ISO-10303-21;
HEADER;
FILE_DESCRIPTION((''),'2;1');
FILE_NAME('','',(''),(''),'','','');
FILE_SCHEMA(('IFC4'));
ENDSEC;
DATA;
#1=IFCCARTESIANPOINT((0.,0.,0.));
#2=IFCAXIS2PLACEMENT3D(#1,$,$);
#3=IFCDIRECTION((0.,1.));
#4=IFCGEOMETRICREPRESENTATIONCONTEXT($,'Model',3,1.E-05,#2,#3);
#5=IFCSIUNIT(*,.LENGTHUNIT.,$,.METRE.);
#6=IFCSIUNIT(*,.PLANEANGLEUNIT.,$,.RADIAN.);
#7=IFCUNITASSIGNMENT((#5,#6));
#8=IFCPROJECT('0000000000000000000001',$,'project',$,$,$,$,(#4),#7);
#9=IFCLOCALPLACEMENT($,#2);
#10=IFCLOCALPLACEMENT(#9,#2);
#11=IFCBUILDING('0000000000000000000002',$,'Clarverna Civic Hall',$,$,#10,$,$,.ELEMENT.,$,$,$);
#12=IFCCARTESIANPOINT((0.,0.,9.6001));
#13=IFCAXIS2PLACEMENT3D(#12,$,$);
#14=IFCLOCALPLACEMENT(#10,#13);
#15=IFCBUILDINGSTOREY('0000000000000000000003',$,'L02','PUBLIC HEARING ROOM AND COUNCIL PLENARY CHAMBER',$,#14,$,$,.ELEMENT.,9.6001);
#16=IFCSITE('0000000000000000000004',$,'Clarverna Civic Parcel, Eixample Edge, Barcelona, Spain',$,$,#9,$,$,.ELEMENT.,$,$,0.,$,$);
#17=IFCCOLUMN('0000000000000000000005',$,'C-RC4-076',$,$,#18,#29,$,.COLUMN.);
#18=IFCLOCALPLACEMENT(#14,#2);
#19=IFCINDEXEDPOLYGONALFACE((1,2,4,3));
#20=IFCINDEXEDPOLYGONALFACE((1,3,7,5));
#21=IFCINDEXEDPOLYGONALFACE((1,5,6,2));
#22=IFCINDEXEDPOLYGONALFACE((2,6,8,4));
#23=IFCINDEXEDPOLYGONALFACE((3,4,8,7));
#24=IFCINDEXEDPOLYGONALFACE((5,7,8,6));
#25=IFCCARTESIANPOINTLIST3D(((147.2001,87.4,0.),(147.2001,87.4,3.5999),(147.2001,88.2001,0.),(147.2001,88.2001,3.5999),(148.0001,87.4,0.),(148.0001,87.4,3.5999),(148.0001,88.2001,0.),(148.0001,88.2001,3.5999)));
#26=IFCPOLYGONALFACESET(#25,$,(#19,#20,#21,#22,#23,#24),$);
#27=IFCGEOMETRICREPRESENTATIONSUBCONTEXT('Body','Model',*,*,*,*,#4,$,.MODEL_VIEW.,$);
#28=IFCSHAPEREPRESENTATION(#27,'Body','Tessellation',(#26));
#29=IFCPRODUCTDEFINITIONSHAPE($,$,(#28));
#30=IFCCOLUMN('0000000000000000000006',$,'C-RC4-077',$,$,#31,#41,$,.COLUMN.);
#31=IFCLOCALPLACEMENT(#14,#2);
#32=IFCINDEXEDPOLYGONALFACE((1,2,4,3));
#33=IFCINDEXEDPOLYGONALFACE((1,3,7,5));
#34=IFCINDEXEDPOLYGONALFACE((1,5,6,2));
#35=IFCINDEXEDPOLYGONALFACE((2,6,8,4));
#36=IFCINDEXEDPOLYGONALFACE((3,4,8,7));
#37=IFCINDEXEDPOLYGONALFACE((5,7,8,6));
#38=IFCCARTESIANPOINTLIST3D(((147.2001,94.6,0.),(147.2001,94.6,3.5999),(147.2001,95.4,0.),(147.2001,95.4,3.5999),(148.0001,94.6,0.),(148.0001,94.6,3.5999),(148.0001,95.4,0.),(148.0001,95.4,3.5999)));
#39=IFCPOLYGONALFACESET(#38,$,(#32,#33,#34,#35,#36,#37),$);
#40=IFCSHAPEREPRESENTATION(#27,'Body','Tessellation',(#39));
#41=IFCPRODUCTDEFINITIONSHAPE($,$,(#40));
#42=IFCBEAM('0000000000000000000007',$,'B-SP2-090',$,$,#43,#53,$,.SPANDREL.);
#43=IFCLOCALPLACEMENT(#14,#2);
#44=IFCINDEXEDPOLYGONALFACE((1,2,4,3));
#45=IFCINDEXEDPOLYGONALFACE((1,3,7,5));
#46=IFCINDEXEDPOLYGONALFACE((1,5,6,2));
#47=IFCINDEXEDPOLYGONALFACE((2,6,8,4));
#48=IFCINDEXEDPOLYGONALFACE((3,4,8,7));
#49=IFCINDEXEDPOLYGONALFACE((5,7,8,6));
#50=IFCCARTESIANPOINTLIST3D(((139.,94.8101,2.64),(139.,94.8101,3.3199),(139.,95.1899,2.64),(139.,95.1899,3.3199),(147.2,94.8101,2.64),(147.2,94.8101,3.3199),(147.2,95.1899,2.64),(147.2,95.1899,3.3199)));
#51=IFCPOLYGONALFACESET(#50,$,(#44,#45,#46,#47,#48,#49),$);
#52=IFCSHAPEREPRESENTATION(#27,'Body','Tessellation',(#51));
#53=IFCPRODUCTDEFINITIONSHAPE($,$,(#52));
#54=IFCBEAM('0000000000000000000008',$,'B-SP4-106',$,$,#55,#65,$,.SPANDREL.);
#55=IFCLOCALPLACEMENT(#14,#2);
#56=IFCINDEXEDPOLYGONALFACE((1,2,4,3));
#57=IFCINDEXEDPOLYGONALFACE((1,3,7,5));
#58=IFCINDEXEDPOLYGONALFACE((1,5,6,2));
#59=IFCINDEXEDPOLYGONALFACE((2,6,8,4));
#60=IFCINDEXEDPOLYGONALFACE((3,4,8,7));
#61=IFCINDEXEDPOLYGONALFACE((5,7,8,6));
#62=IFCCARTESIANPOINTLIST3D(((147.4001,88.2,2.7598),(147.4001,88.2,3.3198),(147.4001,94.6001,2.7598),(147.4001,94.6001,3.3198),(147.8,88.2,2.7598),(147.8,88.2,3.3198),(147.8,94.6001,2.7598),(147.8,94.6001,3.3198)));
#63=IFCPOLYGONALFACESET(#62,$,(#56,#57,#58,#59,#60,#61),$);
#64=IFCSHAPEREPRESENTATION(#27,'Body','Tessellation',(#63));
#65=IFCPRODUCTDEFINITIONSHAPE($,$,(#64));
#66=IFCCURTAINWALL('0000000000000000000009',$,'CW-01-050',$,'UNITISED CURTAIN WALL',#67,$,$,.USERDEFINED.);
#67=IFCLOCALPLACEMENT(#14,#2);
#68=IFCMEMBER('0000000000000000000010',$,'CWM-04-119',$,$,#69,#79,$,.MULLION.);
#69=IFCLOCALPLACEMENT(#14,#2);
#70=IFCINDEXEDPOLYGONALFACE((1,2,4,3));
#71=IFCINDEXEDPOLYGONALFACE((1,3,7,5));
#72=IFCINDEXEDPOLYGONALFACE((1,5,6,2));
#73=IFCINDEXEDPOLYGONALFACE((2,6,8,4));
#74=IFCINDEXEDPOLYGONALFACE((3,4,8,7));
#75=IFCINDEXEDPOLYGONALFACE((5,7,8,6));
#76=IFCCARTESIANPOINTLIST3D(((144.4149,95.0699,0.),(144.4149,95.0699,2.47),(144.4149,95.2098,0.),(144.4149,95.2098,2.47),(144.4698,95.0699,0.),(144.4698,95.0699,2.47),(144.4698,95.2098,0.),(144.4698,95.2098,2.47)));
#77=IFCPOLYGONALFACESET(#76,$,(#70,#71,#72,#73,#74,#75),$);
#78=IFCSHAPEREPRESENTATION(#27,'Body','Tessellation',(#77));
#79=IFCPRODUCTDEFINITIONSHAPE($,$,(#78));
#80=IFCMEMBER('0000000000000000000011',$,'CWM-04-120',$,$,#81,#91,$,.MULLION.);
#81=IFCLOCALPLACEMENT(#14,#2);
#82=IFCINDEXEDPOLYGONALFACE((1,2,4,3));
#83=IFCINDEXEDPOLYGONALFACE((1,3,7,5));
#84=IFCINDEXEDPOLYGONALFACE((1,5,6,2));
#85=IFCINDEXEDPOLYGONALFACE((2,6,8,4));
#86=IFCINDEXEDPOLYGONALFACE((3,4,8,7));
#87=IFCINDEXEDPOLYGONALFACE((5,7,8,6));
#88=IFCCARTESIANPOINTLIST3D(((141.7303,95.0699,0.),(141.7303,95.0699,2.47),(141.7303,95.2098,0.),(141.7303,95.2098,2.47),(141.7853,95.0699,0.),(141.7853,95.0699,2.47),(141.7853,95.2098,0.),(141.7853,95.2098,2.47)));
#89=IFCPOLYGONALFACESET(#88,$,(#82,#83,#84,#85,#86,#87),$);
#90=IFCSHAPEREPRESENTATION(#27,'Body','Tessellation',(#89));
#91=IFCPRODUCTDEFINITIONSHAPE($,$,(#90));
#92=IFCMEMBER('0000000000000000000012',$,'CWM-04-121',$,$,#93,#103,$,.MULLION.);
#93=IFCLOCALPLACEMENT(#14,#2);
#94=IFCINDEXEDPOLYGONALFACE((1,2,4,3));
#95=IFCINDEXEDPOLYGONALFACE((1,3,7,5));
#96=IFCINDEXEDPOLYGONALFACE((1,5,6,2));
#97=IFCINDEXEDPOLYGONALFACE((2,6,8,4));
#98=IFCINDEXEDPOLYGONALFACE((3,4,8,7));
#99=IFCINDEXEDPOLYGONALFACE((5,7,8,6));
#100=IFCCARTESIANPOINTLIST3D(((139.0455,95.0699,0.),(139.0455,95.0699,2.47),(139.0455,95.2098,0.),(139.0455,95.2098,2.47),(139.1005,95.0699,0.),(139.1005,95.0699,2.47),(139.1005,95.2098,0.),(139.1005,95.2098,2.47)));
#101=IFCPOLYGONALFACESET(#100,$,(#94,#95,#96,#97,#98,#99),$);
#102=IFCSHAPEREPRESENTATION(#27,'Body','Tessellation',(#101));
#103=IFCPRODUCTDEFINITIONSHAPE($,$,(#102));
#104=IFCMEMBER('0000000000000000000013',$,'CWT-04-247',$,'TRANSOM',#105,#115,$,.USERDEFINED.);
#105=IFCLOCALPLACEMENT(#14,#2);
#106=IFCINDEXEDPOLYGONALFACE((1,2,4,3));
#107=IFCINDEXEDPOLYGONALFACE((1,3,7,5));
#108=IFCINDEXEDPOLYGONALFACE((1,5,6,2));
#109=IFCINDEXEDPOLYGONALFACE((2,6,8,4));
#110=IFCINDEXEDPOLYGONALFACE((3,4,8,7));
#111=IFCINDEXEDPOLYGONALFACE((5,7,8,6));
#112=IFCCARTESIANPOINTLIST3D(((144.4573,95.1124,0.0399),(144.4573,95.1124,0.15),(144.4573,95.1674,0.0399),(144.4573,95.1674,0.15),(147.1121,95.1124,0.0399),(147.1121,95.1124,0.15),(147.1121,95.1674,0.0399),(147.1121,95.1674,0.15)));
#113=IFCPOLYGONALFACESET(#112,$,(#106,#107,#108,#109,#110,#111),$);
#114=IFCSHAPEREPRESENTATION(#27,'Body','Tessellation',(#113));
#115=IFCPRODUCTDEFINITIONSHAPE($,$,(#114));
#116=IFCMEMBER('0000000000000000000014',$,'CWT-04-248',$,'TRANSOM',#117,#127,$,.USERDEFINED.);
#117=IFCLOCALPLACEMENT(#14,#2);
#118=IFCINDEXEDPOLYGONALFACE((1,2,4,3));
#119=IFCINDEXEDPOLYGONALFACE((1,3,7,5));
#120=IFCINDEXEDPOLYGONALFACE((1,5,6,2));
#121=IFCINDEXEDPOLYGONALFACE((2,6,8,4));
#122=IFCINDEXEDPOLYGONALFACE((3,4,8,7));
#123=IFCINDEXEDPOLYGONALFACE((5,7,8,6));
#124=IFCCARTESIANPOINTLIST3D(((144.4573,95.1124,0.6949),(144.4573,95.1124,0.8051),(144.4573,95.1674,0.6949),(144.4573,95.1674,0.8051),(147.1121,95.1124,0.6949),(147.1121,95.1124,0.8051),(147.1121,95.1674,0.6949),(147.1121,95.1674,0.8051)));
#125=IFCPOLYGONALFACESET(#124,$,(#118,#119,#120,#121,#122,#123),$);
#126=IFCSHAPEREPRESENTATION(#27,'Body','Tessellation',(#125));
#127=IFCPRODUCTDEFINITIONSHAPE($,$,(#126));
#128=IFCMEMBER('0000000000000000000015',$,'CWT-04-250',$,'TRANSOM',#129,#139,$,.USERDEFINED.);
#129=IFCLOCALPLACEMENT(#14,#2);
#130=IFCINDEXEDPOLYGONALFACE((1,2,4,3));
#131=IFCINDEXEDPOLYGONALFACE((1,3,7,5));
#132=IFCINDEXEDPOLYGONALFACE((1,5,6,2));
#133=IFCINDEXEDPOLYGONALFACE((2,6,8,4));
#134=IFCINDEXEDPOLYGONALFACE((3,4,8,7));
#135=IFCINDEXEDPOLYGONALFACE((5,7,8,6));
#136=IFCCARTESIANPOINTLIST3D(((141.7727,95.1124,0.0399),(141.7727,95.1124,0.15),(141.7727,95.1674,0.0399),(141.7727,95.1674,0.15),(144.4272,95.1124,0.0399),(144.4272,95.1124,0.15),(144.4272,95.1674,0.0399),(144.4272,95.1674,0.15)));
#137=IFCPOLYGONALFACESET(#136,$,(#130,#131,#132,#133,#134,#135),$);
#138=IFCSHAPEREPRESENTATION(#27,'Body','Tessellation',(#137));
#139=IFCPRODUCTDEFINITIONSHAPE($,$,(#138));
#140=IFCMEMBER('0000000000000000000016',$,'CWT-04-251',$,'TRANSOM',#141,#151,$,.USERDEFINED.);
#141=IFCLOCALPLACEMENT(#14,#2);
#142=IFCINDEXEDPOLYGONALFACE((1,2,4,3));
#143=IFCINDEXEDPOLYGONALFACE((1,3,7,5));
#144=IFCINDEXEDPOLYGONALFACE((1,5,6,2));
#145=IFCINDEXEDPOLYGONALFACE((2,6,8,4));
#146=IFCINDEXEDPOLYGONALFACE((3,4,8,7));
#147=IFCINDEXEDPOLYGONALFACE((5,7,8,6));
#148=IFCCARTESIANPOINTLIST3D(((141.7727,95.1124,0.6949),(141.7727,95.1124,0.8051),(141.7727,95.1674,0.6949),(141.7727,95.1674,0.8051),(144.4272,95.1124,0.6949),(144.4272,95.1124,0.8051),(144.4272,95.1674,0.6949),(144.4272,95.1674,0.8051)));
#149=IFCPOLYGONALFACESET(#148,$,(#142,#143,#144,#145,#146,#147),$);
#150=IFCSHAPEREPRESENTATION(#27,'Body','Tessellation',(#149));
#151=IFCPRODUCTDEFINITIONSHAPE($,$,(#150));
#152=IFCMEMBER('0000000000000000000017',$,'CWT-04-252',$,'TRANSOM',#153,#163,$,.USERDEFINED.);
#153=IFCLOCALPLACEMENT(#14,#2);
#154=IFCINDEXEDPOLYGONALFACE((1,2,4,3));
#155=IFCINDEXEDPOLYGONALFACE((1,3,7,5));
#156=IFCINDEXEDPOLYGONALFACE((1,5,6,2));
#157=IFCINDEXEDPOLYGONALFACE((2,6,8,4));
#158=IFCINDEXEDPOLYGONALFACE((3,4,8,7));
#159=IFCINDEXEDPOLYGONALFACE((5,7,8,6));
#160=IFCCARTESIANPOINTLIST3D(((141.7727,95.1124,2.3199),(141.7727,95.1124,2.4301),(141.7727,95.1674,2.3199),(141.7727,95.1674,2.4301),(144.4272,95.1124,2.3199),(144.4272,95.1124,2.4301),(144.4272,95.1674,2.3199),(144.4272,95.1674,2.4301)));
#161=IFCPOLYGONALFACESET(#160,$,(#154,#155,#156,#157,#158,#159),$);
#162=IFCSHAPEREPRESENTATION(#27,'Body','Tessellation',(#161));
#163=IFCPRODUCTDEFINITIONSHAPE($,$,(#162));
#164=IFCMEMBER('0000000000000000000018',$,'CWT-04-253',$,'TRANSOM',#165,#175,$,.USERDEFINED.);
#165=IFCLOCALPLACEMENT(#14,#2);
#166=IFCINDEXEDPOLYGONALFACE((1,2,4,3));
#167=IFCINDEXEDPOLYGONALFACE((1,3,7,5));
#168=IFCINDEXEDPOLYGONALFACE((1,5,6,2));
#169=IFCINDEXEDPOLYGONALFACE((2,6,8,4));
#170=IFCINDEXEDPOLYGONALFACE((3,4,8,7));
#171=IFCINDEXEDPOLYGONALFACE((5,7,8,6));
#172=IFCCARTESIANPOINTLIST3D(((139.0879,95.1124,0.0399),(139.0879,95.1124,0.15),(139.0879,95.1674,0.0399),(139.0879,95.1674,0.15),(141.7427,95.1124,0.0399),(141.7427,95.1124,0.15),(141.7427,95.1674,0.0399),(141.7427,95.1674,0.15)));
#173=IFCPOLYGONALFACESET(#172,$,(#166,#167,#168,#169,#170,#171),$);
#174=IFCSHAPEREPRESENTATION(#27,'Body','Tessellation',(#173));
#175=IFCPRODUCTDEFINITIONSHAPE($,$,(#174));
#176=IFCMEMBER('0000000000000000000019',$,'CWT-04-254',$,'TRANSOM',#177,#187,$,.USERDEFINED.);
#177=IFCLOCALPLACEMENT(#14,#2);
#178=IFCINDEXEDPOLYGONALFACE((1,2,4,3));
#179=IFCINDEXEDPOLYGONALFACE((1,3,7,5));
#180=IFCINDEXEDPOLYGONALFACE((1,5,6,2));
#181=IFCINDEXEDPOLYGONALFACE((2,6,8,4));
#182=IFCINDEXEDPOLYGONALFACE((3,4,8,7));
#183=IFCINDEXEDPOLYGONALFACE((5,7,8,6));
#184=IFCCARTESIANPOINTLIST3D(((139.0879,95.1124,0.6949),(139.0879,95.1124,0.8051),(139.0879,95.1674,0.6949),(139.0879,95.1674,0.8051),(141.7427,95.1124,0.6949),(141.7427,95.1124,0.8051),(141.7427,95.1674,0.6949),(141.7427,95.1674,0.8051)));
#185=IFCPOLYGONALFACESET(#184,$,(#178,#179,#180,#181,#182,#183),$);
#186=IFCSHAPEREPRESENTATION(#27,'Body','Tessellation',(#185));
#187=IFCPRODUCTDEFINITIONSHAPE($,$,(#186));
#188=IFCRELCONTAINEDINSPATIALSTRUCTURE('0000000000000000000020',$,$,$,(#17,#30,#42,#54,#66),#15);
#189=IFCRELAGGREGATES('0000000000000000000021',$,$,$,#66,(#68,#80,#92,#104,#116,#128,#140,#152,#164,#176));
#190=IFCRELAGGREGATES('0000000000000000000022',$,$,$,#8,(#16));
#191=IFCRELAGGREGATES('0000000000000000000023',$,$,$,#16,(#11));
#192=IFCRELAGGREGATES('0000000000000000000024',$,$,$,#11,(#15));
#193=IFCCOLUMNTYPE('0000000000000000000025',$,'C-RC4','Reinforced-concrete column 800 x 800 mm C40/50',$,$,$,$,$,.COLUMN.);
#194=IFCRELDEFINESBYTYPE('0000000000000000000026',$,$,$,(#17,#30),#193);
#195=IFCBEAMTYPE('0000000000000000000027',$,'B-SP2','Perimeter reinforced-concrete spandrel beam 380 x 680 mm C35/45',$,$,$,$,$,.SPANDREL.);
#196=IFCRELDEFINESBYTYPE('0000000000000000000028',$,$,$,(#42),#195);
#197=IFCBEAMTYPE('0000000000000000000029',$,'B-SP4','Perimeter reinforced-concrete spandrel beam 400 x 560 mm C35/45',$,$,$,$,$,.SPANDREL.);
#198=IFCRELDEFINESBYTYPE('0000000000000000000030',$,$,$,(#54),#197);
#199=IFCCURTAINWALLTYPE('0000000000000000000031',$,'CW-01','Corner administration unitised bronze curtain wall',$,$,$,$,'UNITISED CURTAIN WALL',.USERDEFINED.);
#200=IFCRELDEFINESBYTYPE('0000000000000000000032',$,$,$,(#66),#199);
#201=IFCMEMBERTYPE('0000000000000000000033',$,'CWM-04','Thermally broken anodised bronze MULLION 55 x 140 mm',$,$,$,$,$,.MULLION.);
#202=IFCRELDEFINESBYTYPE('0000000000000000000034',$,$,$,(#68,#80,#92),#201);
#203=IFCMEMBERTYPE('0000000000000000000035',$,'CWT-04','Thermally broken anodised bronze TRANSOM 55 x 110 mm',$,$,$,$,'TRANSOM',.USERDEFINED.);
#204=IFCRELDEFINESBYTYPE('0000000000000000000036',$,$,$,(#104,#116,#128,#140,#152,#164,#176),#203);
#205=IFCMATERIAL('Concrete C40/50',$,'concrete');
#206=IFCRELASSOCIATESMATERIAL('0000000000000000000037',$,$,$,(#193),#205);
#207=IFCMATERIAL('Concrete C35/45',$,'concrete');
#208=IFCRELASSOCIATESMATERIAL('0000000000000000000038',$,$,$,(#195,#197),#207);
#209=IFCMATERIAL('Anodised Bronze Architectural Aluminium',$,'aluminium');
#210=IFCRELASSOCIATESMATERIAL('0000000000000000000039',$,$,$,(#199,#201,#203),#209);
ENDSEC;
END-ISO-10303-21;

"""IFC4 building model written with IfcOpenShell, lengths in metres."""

from ifc_helpers import new_model, si_unit, direction, frame, origin, origin_2d, place, context, subcontext, project, spatial, rectangle, extrude, material, material_profile, profile_set, type_object, element, aggregate, save


model = new_model("IFC4")

# Units and contexts
model_context = context("Model", 3, precision=1e-05, world=origin(), true_north=direction((0.0, 1.0)))
body_context = subcontext(model_context, "Body", "Model", "MODEL_VIEW")
ifc_project = project(units=[si_unit("LENGTHUNIT", "METRE"), si_unit("PLANEANGLEUNIT", "RADIAN")], contexts=[model_context])

# Site, building, storey
site_placement = place(None, origin())
site = spatial("IfcSite", under=ifc_project, at=site_placement, Name="Clarverna Civic Parcel, Eixample Edge, Barcelona, Spain", CompositionType="ELEMENT", RefElevation=0.0)
building_placement = place(site_placement, origin())
building = spatial("IfcBuilding", under=site, at=building_placement, Name="Clarverna Civic Hall", CompositionType="ELEMENT")
storey_placement = place(building_placement, frame((0.0, 0.0, 9.6001)))
storey = spatial("IfcBuildingStorey", under=building, at=storey_placement, Name="L02", Description="PUBLIC HEARING ROOM AND COUNCIL PLENARY CHAMBER", CompositionType="ELEMENT", Elevation=9.6001)

# Columns
ifc_material_1 = material(Name="Concrete C40/50", Category="concrete")
ifc_material_profile_1 = material_profile(ifc_material_1, rectangle(XDim=0.8, YDim=0.8, at=origin_2d()), Name="RC 800x800")
ifc_profile_set_1 = profile_set([ifc_material_profile_1], Name="Concrete C40/50")
column_type = type_object("IfcColumnType", Name="C-RC4", Description="Reinforced-concrete column 800 x 800 mm C40/50", PredefinedType="COLUMN", material=ifc_profile_set_1)
for number, where, z_axis, x_axis, name in (
    (1, (147.6001, 87.8, 0.0), (0.0, 0.0, 1.0), (1.0, 0.0, 0.0), "C-RC4-076"),
    (2, (147.6001, 95.0, 0.0), (0.0, 0.0, 1.0), (1.0, 0.0, 0.0), "C-RC4-077"),
):
    element("IfcColumn", number, at=place(storey_placement, frame(where, z_axis=z_axis, x_axis=x_axis)), inside=storey, type_object=column_type, Name=name, PredefinedType="COLUMN", context=body_context, shape_type="SweptSolid", body=[
        extrude(rectangle(XDim=0.8, YDim=0.8, at=origin_2d()), origin(), (0.0, 0.0, 1.0), 3.5999),
    ])

# Beams
ifc_material_2 = material(Name="Concrete C35/45", Category="concrete")
ifc_material_profile_2 = material_profile(ifc_material_2, rectangle(XDim=0.3799, YDim=0.6799, at=origin_2d()), Name="RC 380x680")
ifc_profile_set_2 = profile_set([ifc_material_profile_2], Name="Concrete C35/45")
beam_type_1 = type_object("IfcBeamType", Name="B-SP2", Description="Perimeter reinforced-concrete spandrel beam 380 x 680 mm C35/45", PredefinedType="SPANDREL", material=ifc_profile_set_2)
beam_1_placement = place(storey_placement, frame((139.0, 95.0, 2.98), z_axis=(1.0, 0.0, 0.0), x_axis=(0.0, 1.0, 0.0)))
element("IfcBeam", 3, at=beam_1_placement, inside=storey, type_object=beam_type_1, Name="B-SP2-090", PredefinedType="SPANDREL", context=body_context, shape_type="SweptSolid", body=[
    extrude(rectangle(XDim=0.3799, YDim=0.6799, at=origin_2d()), origin(), (0.0, 0.0, 1.0), 8.2),
])
ifc_material_profile_3 = material_profile(ifc_material_2, rectangle(XDim=0.3999, YDim=0.5601, at=origin_2d()), Name="RC 400x560")
ifc_profile_set_3 = profile_set([ifc_material_profile_3], Name="Concrete C35/45")
beam_type_2 = type_object("IfcBeamType", Name="B-SP4", Description="Perimeter reinforced-concrete spandrel beam 400 x 560 mm C35/45", PredefinedType="SPANDREL", material=ifc_profile_set_3)
beam_2_placement = place(storey_placement, frame((147.6001, 88.2, 3.0398), z_axis=(0.0, 1.0, 0.0), x_axis=(-1.0, 0.0, 0.0)))
element("IfcBeam", 4, at=beam_2_placement, inside=storey, type_object=beam_type_2, Name="B-SP4-106", PredefinedType="SPANDREL", context=body_context, shape_type="SweptSolid", body=[
    extrude(rectangle(XDim=0.3999, YDim=0.5601, at=origin_2d()), origin(), (0.0, 0.0, 1.0), 6.4001),
])

# Curtain wall, members
ifc_material_3 = material(Name="Anodised Bronze Architectural Aluminium", Category="aluminium")
curtain_wall_type = type_object("IfcCurtainWallType", Name="CW-01", Description="Corner administration unitised bronze curtain wall", ElementType="UNITISED CURTAIN WALL", PredefinedType="USERDEFINED", material=ifc_material_3)
curtain_wall_placement = place(storey_placement, origin())
curtain_wall = element("IfcCurtainWall", 5, at=curtain_wall_placement, inside=storey, type_object=curtain_wall_type, Name="CW-01-050", ObjectType="UNITISED CURTAIN WALL", PredefinedType="USERDEFINED")
ifc_material_profile_4 = material_profile(ifc_material_3, rectangle(XDim=0.0549, YDim=0.1399, at=origin_2d()), Name="BRONZE 55x140")
ifc_profile_set_4 = profile_set([ifc_material_profile_4], Name="Anodised Bronze Architectural Aluminium")
member_type_1 = type_object("IfcMemberType", Name="CWM-04", Description="Thermally broken anodised bronze MULLION 55 x 140 mm", PredefinedType="MULLION", material=ifc_profile_set_4)
member_1_placement = place(storey_placement, frame((144.4424, 95.1399, 0.0), z_axis=(0.0, 0.0, 1.0), x_axis=(1.0, 0.0, 0.0)))
member_1 = element("IfcMember", 6, at=member_1_placement, type_object=member_type_1, Name="CWM-04-119", PredefinedType="MULLION", context=body_context, shape_type="SweptSolid", body=[
    extrude(rectangle(XDim=0.0549, YDim=0.1399, at=origin_2d()), origin(), (0.0, 0.0, 1.0), 2.47),
])
member_2_placement = place(storey_placement, frame((141.7578, 95.1399, 0.0), z_axis=(0.0, 0.0, 1.0), x_axis=(1.0, 0.0, 0.0)))
member_2 = element("IfcMember", 7, at=member_2_placement, type_object=member_type_1, Name="CWM-04-120", PredefinedType="MULLION", context=body_context, shape_type="SweptSolid", body=[
    extrude(rectangle(XDim=0.0549, YDim=0.1399, at=origin_2d()), origin(), (0.0, 0.0, 1.0), 2.47),
])
member_3_placement = place(storey_placement, frame((139.073, 95.1399, 0.0), z_axis=(0.0, 0.0, 1.0), x_axis=(1.0, 0.0, 0.0)))
member_3 = element("IfcMember", 8, at=member_3_placement, type_object=member_type_1, Name="CWM-04-121", PredefinedType="MULLION", context=body_context, shape_type="SweptSolid", body=[
    extrude(rectangle(XDim=0.0549, YDim=0.1399, at=origin_2d()), origin(), (0.0, 0.0, 1.0), 2.47),
])
ifc_material_profile_5 = material_profile(ifc_material_3, rectangle(XDim=0.0549, YDim=0.1101, at=origin_2d()), Name="BRONZE 55x110")
ifc_profile_set_5 = profile_set([ifc_material_profile_5], Name="Anodised Bronze Architectural Aluminium")
member_type_2 = type_object("IfcMemberType", Name="CWT-04", Description="Thermally broken anodised bronze TRANSOM 55 x 110 mm", ElementType="TRANSOM", PredefinedType="USERDEFINED", material=ifc_profile_set_5)
member_4_placement = place(storey_placement, frame((147.1121, 95.1399, 0.095), z_axis=(-1.0, 0.0, 0.0), x_axis=(0.0, -1.0, 0.0)))
member_4 = element("IfcMember", 9, at=member_4_placement, type_object=member_type_2, Name="CWT-04-247", ObjectType="TRANSOM", PredefinedType="USERDEFINED", context=body_context, shape_type="SweptSolid", body=[
    extrude(rectangle(XDim=0.0549, YDim=0.1101, at=origin_2d()), origin(), (0.0, 0.0, 1.0), 2.6548),
])
member_5_placement = place(storey_placement, frame((147.1121, 95.1399, 0.75), z_axis=(-1.0, 0.0, 0.0), x_axis=(0.0, -1.0, 0.0)))
member_5 = element("IfcMember", 10, at=member_5_placement, type_object=member_type_2, Name="CWT-04-248", ObjectType="TRANSOM", PredefinedType="USERDEFINED", context=body_context, shape_type="SweptSolid", body=[
    extrude(rectangle(XDim=0.0549, YDim=0.1101, at=origin_2d()), origin(), (0.0, 0.0, 1.0), 2.6548),
])
member_6_placement = place(storey_placement, frame((144.4272, 95.1399, 0.095), z_axis=(-1.0, 0.0, 0.0), x_axis=(0.0, -1.0, 0.0)))
member_6 = element("IfcMember", 11, at=member_6_placement, type_object=member_type_2, Name="CWT-04-250", ObjectType="TRANSOM", PredefinedType="USERDEFINED", context=body_context, shape_type="SweptSolid", body=[
    extrude(rectangle(XDim=0.0549, YDim=0.1101, at=origin_2d()), origin(), (0.0, 0.0, 1.0), 2.6545),
])
member_7_placement = place(storey_placement, frame((144.4272, 95.1399, 0.75), z_axis=(-1.0, 0.0, 0.0), x_axis=(0.0, -1.0, 0.0)))
member_7 = element("IfcMember", 12, at=member_7_placement, type_object=member_type_2, Name="CWT-04-251", ObjectType="TRANSOM", PredefinedType="USERDEFINED", context=body_context, shape_type="SweptSolid", body=[
    extrude(rectangle(XDim=0.0549, YDim=0.1101, at=origin_2d()), origin(), (0.0, 0.0, 1.0), 2.6545),
])
member_8_placement = place(storey_placement, frame((144.4272, 95.1399, 2.375), z_axis=(-1.0, 0.0, 0.0), x_axis=(0.0, -1.0, 0.0)))
member_8 = element("IfcMember", 13, at=member_8_placement, type_object=member_type_2, Name="CWT-04-252", ObjectType="TRANSOM", PredefinedType="USERDEFINED", context=body_context, shape_type="SweptSolid", body=[
    extrude(rectangle(XDim=0.0549, YDim=0.1101, at=origin_2d()), origin(), (0.0, 0.0, 1.0), 2.6545),
])
member_9_placement = place(storey_placement, frame((141.7427, 95.1399, 0.095), z_axis=(-1.0, 0.0, 0.0), x_axis=(0.0, -1.0, 0.0)))
member_9 = element("IfcMember", 14, at=member_9_placement, type_object=member_type_2, Name="CWT-04-253", ObjectType="TRANSOM", PredefinedType="USERDEFINED", context=body_context, shape_type="SweptSolid", body=[
    extrude(rectangle(XDim=0.0549, YDim=0.1101, at=origin_2d()), origin(), (0.0, 0.0, 1.0), 2.6548),
])
member_10_placement = place(storey_placement, frame((141.7427, 95.1399, 0.75), z_axis=(-1.0, 0.0, 0.0), x_axis=(0.0, -1.0, 0.0)))
member_10 = element("IfcMember", 15, at=member_10_placement, type_object=member_type_2, Name="CWT-04-254", ObjectType="TRANSOM", PredefinedType="USERDEFINED", context=body_context, shape_type="SweptSolid", body=[
    extrude(rectangle(XDim=0.0549, YDim=0.1101, at=origin_2d()), origin(), (0.0, 0.0, 1.0), 2.6548),
])
aggregate(curtain_wall, [member_1, member_2, member_3, member_4, member_5, member_6, member_7, member_8, member_9, member_10])

save(model, "model.ifc")
